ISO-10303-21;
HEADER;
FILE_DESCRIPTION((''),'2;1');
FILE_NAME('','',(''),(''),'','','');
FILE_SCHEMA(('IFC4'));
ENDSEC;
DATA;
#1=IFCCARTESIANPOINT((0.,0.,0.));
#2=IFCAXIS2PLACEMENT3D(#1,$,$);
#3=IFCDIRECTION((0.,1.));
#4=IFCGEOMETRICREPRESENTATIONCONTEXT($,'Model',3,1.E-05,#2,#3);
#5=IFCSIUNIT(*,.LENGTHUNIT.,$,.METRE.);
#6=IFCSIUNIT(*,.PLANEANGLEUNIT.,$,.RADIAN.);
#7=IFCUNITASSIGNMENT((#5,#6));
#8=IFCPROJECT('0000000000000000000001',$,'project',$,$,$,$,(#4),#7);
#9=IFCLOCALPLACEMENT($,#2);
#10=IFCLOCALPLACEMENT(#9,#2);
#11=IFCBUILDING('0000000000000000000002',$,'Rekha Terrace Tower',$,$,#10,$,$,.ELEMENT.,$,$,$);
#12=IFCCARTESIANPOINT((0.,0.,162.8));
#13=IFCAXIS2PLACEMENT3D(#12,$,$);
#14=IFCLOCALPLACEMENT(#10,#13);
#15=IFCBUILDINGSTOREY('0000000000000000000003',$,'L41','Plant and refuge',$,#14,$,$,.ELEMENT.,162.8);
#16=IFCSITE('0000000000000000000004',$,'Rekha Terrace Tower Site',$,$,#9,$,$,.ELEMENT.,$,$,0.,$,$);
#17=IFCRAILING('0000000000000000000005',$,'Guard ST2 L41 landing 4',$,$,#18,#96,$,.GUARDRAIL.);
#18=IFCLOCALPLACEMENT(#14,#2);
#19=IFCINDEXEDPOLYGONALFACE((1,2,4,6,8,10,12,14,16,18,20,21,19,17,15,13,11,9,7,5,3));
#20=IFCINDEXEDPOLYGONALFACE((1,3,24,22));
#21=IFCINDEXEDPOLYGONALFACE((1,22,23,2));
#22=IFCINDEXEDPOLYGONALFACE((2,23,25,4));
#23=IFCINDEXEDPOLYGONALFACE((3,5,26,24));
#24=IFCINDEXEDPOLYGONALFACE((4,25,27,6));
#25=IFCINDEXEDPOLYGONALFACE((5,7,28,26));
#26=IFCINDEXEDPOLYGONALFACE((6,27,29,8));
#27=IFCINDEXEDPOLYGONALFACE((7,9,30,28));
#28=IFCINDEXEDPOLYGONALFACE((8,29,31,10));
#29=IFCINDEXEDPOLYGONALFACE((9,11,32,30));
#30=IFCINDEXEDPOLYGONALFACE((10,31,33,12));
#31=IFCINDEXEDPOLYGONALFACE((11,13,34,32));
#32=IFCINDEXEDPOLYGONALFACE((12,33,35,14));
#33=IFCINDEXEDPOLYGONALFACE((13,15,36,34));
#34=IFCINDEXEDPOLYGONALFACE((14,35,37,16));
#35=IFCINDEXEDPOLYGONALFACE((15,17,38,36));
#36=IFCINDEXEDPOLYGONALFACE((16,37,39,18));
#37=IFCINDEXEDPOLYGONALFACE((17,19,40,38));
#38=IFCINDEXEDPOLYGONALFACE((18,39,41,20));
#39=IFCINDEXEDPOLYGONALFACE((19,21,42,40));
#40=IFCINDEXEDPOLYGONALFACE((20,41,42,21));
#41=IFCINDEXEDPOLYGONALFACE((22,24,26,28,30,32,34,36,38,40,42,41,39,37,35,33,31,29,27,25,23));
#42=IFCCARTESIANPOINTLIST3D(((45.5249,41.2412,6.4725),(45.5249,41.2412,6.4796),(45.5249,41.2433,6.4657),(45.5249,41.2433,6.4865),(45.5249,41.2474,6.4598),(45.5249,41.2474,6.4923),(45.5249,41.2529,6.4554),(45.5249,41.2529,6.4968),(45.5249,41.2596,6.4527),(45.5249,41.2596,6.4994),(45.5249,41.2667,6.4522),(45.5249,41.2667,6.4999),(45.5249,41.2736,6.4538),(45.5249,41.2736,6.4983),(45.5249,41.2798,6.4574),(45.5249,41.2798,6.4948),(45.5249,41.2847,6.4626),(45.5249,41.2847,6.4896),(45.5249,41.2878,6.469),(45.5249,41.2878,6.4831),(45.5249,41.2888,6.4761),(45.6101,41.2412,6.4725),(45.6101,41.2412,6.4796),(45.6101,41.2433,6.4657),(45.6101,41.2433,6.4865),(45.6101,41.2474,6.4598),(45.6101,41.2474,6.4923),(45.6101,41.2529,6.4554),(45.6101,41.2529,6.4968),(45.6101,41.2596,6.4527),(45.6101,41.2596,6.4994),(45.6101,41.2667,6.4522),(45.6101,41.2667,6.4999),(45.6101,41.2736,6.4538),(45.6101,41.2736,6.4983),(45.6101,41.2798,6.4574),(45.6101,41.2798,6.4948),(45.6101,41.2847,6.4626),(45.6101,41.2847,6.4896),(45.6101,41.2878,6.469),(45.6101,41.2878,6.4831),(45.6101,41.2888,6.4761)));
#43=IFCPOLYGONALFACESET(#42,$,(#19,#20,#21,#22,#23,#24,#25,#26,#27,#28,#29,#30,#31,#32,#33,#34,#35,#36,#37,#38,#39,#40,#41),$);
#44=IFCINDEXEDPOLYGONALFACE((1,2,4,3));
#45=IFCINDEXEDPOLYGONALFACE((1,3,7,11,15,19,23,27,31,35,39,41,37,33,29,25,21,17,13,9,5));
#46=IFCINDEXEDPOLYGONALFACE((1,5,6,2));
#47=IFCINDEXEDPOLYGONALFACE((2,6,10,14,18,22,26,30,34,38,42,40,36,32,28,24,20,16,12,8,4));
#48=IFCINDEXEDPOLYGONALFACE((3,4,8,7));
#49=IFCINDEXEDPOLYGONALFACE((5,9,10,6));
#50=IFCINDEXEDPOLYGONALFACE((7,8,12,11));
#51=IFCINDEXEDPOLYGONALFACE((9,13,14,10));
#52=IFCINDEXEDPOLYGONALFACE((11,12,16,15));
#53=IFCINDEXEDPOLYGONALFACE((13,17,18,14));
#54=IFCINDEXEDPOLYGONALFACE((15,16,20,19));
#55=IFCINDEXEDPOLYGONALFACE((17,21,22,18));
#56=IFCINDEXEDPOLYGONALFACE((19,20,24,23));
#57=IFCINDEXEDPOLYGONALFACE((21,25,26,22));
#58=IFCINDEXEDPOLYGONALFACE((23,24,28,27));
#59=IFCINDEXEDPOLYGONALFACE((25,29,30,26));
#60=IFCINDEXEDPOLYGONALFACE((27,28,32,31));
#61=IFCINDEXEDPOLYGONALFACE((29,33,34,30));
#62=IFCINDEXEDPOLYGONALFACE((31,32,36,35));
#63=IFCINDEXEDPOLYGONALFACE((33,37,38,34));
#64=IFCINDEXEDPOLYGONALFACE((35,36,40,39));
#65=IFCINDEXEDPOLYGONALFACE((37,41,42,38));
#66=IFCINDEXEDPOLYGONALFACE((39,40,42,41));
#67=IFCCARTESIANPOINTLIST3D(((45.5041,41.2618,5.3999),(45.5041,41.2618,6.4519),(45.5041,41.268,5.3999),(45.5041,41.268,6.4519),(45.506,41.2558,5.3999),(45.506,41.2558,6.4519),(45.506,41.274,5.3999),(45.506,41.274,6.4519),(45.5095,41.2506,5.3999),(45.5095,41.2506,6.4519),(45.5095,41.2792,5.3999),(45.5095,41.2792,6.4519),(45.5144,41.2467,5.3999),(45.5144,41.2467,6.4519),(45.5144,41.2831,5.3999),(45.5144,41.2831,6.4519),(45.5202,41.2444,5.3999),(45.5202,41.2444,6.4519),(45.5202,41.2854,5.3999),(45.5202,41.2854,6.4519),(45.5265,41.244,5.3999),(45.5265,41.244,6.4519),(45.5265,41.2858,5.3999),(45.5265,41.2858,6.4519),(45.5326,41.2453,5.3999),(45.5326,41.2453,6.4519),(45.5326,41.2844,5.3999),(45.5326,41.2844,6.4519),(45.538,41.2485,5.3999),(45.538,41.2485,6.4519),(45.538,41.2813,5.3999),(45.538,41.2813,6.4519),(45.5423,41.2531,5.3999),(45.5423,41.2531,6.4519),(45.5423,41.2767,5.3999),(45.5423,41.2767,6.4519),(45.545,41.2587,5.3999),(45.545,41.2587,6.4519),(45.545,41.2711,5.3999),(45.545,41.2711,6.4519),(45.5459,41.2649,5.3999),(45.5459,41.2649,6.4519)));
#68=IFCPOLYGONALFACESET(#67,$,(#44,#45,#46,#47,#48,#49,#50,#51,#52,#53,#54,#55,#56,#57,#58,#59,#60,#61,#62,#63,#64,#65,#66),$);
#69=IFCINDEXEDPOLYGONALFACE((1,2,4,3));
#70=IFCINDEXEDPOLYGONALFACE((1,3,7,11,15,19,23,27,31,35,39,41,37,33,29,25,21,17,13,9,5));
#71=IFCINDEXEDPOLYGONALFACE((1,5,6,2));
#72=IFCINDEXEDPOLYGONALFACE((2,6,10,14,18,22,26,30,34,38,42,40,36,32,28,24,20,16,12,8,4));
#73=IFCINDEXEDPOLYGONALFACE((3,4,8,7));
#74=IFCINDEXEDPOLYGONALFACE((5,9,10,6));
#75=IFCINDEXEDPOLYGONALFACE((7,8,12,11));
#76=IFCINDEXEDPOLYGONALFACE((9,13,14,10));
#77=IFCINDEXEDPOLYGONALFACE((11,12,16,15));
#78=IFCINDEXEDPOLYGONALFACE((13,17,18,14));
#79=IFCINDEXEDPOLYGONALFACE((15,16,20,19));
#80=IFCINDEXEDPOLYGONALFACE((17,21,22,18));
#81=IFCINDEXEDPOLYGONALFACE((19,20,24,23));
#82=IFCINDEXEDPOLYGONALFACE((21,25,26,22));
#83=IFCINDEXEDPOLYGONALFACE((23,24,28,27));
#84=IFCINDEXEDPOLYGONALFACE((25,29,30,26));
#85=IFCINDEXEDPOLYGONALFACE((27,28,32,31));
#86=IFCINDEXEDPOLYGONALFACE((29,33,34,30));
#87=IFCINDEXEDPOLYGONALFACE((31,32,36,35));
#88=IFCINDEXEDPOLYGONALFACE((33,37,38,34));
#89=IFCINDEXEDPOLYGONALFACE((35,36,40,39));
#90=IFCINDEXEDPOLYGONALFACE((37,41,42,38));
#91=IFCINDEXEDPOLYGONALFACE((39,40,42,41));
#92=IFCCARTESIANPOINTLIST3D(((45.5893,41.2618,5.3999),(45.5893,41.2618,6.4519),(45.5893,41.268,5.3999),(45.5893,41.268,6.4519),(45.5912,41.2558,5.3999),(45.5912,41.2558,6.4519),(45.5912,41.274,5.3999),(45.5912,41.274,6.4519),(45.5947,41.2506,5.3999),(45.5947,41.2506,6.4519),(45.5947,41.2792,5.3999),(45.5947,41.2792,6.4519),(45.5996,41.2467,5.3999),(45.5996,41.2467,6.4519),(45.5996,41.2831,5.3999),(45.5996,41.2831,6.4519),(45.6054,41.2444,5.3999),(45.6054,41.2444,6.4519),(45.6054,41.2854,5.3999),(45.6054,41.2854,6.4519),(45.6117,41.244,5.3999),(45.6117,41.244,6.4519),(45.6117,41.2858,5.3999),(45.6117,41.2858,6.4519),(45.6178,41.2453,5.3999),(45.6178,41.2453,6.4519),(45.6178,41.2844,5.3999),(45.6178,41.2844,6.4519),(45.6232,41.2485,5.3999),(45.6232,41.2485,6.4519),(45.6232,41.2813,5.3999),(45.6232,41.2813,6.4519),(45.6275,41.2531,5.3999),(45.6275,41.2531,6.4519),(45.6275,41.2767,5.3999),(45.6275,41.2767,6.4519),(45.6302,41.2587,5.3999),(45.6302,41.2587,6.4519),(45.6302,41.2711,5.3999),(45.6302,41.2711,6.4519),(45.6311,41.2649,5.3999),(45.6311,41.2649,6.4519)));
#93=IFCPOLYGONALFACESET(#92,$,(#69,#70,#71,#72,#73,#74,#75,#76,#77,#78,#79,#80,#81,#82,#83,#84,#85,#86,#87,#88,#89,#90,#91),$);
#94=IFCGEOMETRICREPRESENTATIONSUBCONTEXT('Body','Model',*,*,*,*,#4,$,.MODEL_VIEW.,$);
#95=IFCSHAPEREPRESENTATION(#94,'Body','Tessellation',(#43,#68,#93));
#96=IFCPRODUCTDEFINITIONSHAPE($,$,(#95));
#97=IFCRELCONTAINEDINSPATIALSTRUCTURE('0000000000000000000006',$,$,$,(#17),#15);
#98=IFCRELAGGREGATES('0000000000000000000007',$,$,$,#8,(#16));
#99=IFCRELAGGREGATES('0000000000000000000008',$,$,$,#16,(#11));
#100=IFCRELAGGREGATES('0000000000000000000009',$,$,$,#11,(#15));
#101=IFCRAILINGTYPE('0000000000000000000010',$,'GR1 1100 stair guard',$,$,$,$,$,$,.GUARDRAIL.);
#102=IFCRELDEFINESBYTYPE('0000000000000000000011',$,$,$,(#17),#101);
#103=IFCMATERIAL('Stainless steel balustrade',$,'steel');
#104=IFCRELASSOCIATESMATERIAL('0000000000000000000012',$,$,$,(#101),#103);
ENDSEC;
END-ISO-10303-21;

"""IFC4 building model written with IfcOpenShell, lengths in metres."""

from ifc_helpers import new_model, si_unit, direction, frame, origin, origin_2d, place, context, subcontext, project, spatial, circle, extrude, material, type_object, element, save


model = new_model("IFC4")

# Units and contexts
model_context = context("Model", 3, precision=1e-05, world=origin(), true_north=direction((0.0, 1.0)))
body_context = subcontext(model_context, "Body", "Model", "MODEL_VIEW")
ifc_project = project(units=[si_unit("LENGTHUNIT", "METRE"), si_unit("PLANEANGLEUNIT", "RADIAN")], contexts=[model_context])

# Site, building, storey
site_placement = place(None, origin())
site = spatial("IfcSite", under=ifc_project, at=site_placement, Name="Rekha Terrace Tower Site", CompositionType="ELEMENT", RefElevation=0.0)
building_placement = place(site_placement, origin())
building = spatial("IfcBuilding", under=site, at=building_placement, Name="Rekha Terrace Tower", CompositionType="ELEMENT")
storey_placement = place(building_placement, frame((0.0, 0.0, 162.8)))
storey = spatial("IfcBuildingStorey", under=building, at=storey_placement, Name="L41", Description="Plant and refuge", CompositionType="ELEMENT", Elevation=162.8)

# Railing
ifc_material_1 = material(Name="Stainless steel balustrade", Category="steel")
railing_type_1 = type_object("IfcRailingType", Name="GR1 1100 stair guard", PredefinedType="GUARDRAIL", material=ifc_material_1)
railing_1_placement = place(storey_placement, frame((45.5249, 41.2649, 5.3999)))
element("IfcRailing", 1, at=railing_1_placement, inside=storey, type_object=railing_type_1, Name="Guard ST2 L41 landing 4", PredefinedType="GUARDRAIL", context=body_context, shape_type="SweptSolid", body=[
    extrude(circle(Radius=0.0239, at=origin_2d()), frame((0.0, 0.0, 1.0762), z_axis=(1.0, 0.0, 0.0), x_axis=(0.0, 1.0, 0.0)), (0.0, 0.0, 1.0), 0.0852),
    extrude(circle(Radius=0.021, at=origin_2d()), origin(), (0.0, 0.0, 1.0), 1.052),
    extrude(circle(Radius=0.021, at=origin_2d()), frame((0.0852, 0.0, 0.0)), (0.0, 0.0, 1.0), 1.052),
])

save(model, "model.ifc")
